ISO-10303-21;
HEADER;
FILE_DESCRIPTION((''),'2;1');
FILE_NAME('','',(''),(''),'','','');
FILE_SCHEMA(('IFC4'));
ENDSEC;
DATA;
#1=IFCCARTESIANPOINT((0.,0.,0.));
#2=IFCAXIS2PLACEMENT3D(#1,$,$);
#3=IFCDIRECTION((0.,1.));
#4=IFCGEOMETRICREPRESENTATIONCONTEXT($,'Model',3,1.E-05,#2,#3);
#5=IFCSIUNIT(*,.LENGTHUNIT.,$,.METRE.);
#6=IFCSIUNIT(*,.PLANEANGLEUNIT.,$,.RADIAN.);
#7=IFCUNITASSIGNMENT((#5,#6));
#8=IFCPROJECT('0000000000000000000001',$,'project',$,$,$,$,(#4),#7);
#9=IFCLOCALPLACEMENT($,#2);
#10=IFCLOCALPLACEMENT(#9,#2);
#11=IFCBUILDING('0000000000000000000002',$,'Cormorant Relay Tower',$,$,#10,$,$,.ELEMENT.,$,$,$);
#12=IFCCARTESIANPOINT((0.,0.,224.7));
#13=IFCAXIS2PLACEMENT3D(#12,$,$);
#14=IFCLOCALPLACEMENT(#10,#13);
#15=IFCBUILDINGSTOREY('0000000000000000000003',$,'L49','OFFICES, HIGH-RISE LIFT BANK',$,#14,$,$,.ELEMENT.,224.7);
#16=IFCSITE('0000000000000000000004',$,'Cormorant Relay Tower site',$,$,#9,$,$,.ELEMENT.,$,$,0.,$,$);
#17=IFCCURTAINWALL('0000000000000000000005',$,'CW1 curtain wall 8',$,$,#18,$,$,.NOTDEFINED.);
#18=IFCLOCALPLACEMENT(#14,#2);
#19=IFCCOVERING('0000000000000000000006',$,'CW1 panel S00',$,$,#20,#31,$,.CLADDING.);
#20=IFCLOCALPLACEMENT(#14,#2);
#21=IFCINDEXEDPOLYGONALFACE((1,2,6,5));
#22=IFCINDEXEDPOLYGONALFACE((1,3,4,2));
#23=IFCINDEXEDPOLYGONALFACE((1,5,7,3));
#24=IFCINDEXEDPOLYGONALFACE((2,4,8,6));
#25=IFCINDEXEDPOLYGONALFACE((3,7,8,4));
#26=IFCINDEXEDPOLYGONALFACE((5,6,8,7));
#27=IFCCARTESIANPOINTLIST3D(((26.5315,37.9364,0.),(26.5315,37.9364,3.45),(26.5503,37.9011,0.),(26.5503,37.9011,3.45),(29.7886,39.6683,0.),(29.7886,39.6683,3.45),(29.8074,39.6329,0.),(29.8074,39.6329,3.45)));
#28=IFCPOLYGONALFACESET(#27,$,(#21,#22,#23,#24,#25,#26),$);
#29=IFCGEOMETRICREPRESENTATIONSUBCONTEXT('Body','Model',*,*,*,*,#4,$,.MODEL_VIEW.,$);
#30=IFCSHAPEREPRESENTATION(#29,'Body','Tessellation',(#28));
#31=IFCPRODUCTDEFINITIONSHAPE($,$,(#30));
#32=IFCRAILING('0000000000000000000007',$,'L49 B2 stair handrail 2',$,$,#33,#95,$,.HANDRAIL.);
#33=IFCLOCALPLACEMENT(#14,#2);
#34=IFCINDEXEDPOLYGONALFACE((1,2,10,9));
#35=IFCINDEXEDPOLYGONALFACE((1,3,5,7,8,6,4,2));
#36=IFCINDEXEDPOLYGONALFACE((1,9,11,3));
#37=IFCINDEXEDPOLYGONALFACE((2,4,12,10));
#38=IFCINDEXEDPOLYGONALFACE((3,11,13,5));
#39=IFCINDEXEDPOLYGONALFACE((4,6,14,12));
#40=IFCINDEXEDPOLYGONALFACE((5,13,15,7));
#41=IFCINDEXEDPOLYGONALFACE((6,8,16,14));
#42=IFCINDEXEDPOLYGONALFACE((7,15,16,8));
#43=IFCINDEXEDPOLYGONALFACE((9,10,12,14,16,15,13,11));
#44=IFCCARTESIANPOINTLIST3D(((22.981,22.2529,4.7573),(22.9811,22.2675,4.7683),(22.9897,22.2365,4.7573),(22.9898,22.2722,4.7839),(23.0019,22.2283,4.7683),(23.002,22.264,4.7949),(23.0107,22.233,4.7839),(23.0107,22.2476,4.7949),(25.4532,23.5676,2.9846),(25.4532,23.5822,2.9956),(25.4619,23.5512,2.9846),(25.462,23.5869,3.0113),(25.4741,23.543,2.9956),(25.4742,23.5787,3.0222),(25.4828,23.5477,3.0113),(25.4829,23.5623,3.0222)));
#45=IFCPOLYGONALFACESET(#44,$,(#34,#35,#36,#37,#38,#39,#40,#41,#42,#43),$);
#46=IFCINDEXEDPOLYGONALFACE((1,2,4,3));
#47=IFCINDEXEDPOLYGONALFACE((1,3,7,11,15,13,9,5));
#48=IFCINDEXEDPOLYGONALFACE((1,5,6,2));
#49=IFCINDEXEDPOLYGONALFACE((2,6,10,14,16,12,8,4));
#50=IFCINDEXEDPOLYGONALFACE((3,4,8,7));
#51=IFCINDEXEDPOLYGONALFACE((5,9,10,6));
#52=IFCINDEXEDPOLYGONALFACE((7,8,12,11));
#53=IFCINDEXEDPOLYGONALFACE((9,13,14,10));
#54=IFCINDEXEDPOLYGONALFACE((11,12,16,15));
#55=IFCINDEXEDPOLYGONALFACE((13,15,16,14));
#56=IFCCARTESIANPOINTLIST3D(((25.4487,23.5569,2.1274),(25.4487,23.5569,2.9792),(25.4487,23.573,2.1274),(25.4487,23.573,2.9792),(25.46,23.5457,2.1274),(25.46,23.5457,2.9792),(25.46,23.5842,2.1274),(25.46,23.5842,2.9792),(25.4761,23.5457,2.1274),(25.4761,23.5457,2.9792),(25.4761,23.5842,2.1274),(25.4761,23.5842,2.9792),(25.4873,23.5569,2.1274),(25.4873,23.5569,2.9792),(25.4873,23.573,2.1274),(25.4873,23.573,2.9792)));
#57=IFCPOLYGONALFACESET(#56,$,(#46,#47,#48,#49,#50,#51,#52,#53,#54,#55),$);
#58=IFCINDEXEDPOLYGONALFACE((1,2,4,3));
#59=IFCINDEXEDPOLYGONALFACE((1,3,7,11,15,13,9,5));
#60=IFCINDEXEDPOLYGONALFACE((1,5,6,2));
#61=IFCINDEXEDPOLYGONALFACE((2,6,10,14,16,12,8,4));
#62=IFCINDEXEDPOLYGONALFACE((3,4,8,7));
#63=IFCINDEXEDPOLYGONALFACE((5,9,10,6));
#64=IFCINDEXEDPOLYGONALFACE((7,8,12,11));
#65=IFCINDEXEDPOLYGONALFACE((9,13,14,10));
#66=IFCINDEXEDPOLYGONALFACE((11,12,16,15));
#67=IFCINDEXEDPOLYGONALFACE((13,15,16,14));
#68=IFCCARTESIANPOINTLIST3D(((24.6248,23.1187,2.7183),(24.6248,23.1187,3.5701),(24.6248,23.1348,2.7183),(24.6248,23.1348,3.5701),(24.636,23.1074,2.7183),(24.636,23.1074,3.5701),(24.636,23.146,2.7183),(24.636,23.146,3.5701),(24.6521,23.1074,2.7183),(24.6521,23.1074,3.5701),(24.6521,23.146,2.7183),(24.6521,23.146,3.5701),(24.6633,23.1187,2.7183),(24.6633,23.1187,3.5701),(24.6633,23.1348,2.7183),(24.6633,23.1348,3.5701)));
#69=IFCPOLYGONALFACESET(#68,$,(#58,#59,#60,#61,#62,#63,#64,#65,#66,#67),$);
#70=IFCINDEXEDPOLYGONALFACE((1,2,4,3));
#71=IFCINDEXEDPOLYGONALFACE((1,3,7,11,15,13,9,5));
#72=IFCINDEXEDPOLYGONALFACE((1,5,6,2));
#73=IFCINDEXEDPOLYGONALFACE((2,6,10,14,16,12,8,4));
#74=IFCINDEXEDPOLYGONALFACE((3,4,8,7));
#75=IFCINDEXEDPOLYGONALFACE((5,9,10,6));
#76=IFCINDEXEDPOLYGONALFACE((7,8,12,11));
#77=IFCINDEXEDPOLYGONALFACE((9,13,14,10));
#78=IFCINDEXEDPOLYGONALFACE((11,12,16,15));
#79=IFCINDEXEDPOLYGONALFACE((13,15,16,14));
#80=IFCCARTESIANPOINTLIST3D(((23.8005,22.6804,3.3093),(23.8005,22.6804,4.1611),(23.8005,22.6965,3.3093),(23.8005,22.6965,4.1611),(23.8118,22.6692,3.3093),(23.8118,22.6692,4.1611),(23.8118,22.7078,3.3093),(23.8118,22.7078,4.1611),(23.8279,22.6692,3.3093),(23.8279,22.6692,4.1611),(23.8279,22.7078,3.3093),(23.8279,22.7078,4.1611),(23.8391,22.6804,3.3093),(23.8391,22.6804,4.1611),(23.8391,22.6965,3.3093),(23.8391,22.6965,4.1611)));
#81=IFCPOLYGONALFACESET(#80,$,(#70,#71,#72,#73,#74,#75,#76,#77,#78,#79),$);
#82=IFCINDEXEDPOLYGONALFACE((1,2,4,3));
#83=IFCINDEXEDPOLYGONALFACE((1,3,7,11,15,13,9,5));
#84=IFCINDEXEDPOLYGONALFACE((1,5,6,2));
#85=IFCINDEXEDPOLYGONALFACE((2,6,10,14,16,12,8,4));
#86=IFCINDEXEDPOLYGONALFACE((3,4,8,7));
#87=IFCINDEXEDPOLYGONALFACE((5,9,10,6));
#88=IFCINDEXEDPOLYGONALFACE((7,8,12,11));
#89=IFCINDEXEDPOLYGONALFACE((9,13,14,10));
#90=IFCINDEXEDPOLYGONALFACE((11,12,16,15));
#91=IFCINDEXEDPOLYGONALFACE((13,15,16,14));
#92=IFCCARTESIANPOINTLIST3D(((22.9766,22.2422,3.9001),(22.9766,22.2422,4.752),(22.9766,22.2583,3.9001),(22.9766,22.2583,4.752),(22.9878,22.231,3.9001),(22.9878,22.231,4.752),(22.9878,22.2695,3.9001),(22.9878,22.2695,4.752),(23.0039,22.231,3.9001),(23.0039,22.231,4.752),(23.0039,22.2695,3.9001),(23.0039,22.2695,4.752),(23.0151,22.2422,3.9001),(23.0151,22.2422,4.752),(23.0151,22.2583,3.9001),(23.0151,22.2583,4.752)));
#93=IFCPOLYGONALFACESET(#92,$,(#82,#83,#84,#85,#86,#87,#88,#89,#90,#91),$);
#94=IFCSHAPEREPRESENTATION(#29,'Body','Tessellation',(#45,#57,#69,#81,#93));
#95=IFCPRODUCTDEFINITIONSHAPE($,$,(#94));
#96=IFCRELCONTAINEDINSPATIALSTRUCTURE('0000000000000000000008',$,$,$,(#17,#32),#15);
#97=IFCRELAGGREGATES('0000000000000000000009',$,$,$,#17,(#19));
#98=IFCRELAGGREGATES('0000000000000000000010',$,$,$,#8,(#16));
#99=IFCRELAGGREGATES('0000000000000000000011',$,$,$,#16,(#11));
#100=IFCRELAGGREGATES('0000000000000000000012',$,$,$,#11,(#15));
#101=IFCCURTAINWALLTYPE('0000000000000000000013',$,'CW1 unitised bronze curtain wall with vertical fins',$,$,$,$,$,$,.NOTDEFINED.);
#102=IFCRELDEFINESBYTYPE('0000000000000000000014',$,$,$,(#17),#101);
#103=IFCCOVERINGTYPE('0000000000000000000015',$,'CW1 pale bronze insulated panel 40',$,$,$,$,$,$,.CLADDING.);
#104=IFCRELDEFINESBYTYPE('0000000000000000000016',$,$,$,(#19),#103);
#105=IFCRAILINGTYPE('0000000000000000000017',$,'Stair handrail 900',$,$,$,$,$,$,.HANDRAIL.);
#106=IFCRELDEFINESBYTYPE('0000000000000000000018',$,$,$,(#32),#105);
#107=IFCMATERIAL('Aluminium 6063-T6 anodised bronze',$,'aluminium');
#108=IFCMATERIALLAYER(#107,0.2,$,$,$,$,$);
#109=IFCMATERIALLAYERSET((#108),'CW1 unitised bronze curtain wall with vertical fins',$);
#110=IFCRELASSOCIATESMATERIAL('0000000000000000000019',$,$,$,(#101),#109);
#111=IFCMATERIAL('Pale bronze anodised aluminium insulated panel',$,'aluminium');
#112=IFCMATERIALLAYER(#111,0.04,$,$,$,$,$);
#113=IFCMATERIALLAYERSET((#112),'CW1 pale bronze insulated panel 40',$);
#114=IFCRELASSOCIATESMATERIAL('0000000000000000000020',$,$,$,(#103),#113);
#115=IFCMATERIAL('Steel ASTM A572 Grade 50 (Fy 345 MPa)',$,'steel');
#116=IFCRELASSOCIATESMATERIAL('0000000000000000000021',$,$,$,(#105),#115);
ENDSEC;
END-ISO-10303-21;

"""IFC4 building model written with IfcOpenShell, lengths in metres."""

from ifc_helpers import new_model, si_unit, direction, frame, origin, origin_2d, place, context, subcontext, project, spatial, polyline, rectangle, outline, extrude, material, layer, layer_set, type_object, element, aggregate, save


model = new_model("IFC4")

# Units and contexts
model_context = context("Model", 3, precision=1e-05, world=origin(), true_north=direction((0.0, 1.0)))
body_context = subcontext(model_context, "Body", "Model", "MODEL_VIEW")
ifc_project = project(units=[si_unit("LENGTHUNIT", "METRE"), si_unit("PLANEANGLEUNIT", "RADIAN")], contexts=[model_context])

# Site, building, storey
site_placement = place(None, origin())
site = spatial("IfcSite", under=ifc_project, at=site_placement, Name="Cormorant Relay Tower site", CompositionType="ELEMENT", RefElevation=0.0)
building_placement = place(site_placement, origin())
building = spatial("IfcBuilding", under=site, at=building_placement, Name="Cormorant Relay Tower", CompositionType="ELEMENT")
storey_placement = place(building_placement, frame((0.0, 0.0, 224.7)))
storey = spatial("IfcBuildingStorey", under=building, at=storey_placement, Name="L49", Description="OFFICES, HIGH-RISE LIFT BANK", CompositionType="ELEMENT", Elevation=224.7)

# Shared definitions
ifc_material_1 = material(Name="Aluminium 6063-T6 anodised bronze", Category="aluminium")
ifc_layer_1 = layer(ifc_material_1, 0.2)
ifc_layer_set_1 = layer_set([ifc_layer_1], Name="CW1 unitised bronze curtain wall with vertical fins")
curtain_wall_type = type_object("IfcCurtainWallType", Name="CW1 unitised bronze curtain wall with vertical fins", PredefinedType="NOTDEFINED", material=ifc_layer_set_1)

# Curtain wall
curtain_wall_1_placement = place(storey_placement, origin())
curtain_wall_1 = element("IfcCurtainWall", 1, at=curtain_wall_1_placement, inside=storey, type_object=curtain_wall_type, Name="CW1 curtain wall 8", PredefinedType="NOTDEFINED")

# Covering
ifc_material_2 = material(Name="Pale bronze anodised aluminium insulated panel", Category="aluminium")
ifc_layer_2 = layer(ifc_material_2, 0.04)
ifc_layer_set_2 = layer_set([ifc_layer_2], Name="CW1 pale bronze insulated panel 40")
covering_type = type_object("IfcCoveringType", Name="CW1 pale bronze insulated panel 40", PredefinedType="CLADDING", material=ifc_layer_set_2)
covering_1_placement = place(storey_placement, frame((28.1694, 38.7847, 0.0), z_axis=(0.0, 0.0, 1.0), x_axis=(-0.882948, -0.469472, 0.0)))
covering_1 = element("IfcCovering", 2, at=covering_1_placement, type_object=covering_type, Name="CW1 panel S00", PredefinedType="CLADDING", context=body_context, shape_type="SweptSolid", body=[
    extrude(rectangle(XDim=3.689, YDim=0.04, at=origin_2d()), origin(), (0.0, 0.0, 1.0), 3.45),
])
aggregate(curtain_wall_1, [covering_1])

# Railing
ifc_material_3 = material(Name="Steel ASTM A572 Grade 50 (Fy 345 MPa)", Category="steel")
railing_type = type_object("IfcRailingType", Name="Stair handrail 900", PredefinedType="HANDRAIL", material=ifc_material_3)
railing_placement = place(storey_placement, frame((25.468, 23.5649, 2.1274)))
element("IfcRailing", 3, at=railing_placement, inside=storey, type_object=railing_type, Name="L49 B2 stair handrail 2", PredefinedType="HANDRAIL", context=body_context, shape_type="SweptSolid", body=[
    extrude(outline(polyline([(0.0222, 0.0093), (0.0093, 0.0222), (-0.0093, 0.0222), (-0.0222, 0.0093), (-0.0222, -0.0093), (-0.0093, -0.0222), (0.0093, -0.0222), (0.0222, -0.0093), (0.0222, 0.0093)])), frame((0.0, 0.0, 0.876), z_axis=(-0.745979, -0.396711, 0.534916), x_axis=(0.469533, -0.882915, 0.0)), (0.0, 0.0, 1.0), 3.314),
    extrude(outline(polyline([(0.0193, 0.0081), (0.0081, 0.0193), (-0.0081, 0.0193), (-0.0193, 0.0081), (-0.0193, -0.0081), (-0.0081, -0.0193), (0.0081, -0.0193), (0.0193, -0.0081), (0.0193, 0.0081)])), origin(), (0.0, 0.0, 1.0), 0.8518),
    extrude(outline(polyline([(0.0193, 0.0081), (0.0081, 0.0193), (-0.0081, 0.0193), (-0.0193, 0.0081), (-0.0193, -0.0081), (-0.0081, -0.0193), (0.0081, -0.0193), (0.0193, -0.0081), (0.0193, 0.0081)])), frame((-0.824, -0.4382, 0.5908)), (0.0, 0.0, 1.0), 0.8518),
    extrude(outline(polyline([(0.0193, 0.0081), (0.0081, 0.0193), (-0.0081, 0.0193), (-0.0193, 0.0081), (-0.0193, -0.0081), (-0.0081, -0.0193), (0.0081, -0.0193), (0.0193, -0.0081), (0.0193, 0.0081)])), frame((-1.6482, -0.8765, 1.1819)), (0.0, 0.0, 1.0), 0.8518),
    extrude(outline(polyline([(0.0193, 0.0081), (0.0081, 0.0193), (-0.0081, 0.0193), (-0.0193, 0.0081), (-0.0193, -0.0081), (-0.0081, -0.0193), (0.0081, -0.0193), (0.0193, -0.0081), (0.0193, 0.0081)])), frame((-2.4722, -1.3147, 1.7727)), (0.0, 0.0, 1.0), 0.8518),
])

save(model, "model.ifc")
